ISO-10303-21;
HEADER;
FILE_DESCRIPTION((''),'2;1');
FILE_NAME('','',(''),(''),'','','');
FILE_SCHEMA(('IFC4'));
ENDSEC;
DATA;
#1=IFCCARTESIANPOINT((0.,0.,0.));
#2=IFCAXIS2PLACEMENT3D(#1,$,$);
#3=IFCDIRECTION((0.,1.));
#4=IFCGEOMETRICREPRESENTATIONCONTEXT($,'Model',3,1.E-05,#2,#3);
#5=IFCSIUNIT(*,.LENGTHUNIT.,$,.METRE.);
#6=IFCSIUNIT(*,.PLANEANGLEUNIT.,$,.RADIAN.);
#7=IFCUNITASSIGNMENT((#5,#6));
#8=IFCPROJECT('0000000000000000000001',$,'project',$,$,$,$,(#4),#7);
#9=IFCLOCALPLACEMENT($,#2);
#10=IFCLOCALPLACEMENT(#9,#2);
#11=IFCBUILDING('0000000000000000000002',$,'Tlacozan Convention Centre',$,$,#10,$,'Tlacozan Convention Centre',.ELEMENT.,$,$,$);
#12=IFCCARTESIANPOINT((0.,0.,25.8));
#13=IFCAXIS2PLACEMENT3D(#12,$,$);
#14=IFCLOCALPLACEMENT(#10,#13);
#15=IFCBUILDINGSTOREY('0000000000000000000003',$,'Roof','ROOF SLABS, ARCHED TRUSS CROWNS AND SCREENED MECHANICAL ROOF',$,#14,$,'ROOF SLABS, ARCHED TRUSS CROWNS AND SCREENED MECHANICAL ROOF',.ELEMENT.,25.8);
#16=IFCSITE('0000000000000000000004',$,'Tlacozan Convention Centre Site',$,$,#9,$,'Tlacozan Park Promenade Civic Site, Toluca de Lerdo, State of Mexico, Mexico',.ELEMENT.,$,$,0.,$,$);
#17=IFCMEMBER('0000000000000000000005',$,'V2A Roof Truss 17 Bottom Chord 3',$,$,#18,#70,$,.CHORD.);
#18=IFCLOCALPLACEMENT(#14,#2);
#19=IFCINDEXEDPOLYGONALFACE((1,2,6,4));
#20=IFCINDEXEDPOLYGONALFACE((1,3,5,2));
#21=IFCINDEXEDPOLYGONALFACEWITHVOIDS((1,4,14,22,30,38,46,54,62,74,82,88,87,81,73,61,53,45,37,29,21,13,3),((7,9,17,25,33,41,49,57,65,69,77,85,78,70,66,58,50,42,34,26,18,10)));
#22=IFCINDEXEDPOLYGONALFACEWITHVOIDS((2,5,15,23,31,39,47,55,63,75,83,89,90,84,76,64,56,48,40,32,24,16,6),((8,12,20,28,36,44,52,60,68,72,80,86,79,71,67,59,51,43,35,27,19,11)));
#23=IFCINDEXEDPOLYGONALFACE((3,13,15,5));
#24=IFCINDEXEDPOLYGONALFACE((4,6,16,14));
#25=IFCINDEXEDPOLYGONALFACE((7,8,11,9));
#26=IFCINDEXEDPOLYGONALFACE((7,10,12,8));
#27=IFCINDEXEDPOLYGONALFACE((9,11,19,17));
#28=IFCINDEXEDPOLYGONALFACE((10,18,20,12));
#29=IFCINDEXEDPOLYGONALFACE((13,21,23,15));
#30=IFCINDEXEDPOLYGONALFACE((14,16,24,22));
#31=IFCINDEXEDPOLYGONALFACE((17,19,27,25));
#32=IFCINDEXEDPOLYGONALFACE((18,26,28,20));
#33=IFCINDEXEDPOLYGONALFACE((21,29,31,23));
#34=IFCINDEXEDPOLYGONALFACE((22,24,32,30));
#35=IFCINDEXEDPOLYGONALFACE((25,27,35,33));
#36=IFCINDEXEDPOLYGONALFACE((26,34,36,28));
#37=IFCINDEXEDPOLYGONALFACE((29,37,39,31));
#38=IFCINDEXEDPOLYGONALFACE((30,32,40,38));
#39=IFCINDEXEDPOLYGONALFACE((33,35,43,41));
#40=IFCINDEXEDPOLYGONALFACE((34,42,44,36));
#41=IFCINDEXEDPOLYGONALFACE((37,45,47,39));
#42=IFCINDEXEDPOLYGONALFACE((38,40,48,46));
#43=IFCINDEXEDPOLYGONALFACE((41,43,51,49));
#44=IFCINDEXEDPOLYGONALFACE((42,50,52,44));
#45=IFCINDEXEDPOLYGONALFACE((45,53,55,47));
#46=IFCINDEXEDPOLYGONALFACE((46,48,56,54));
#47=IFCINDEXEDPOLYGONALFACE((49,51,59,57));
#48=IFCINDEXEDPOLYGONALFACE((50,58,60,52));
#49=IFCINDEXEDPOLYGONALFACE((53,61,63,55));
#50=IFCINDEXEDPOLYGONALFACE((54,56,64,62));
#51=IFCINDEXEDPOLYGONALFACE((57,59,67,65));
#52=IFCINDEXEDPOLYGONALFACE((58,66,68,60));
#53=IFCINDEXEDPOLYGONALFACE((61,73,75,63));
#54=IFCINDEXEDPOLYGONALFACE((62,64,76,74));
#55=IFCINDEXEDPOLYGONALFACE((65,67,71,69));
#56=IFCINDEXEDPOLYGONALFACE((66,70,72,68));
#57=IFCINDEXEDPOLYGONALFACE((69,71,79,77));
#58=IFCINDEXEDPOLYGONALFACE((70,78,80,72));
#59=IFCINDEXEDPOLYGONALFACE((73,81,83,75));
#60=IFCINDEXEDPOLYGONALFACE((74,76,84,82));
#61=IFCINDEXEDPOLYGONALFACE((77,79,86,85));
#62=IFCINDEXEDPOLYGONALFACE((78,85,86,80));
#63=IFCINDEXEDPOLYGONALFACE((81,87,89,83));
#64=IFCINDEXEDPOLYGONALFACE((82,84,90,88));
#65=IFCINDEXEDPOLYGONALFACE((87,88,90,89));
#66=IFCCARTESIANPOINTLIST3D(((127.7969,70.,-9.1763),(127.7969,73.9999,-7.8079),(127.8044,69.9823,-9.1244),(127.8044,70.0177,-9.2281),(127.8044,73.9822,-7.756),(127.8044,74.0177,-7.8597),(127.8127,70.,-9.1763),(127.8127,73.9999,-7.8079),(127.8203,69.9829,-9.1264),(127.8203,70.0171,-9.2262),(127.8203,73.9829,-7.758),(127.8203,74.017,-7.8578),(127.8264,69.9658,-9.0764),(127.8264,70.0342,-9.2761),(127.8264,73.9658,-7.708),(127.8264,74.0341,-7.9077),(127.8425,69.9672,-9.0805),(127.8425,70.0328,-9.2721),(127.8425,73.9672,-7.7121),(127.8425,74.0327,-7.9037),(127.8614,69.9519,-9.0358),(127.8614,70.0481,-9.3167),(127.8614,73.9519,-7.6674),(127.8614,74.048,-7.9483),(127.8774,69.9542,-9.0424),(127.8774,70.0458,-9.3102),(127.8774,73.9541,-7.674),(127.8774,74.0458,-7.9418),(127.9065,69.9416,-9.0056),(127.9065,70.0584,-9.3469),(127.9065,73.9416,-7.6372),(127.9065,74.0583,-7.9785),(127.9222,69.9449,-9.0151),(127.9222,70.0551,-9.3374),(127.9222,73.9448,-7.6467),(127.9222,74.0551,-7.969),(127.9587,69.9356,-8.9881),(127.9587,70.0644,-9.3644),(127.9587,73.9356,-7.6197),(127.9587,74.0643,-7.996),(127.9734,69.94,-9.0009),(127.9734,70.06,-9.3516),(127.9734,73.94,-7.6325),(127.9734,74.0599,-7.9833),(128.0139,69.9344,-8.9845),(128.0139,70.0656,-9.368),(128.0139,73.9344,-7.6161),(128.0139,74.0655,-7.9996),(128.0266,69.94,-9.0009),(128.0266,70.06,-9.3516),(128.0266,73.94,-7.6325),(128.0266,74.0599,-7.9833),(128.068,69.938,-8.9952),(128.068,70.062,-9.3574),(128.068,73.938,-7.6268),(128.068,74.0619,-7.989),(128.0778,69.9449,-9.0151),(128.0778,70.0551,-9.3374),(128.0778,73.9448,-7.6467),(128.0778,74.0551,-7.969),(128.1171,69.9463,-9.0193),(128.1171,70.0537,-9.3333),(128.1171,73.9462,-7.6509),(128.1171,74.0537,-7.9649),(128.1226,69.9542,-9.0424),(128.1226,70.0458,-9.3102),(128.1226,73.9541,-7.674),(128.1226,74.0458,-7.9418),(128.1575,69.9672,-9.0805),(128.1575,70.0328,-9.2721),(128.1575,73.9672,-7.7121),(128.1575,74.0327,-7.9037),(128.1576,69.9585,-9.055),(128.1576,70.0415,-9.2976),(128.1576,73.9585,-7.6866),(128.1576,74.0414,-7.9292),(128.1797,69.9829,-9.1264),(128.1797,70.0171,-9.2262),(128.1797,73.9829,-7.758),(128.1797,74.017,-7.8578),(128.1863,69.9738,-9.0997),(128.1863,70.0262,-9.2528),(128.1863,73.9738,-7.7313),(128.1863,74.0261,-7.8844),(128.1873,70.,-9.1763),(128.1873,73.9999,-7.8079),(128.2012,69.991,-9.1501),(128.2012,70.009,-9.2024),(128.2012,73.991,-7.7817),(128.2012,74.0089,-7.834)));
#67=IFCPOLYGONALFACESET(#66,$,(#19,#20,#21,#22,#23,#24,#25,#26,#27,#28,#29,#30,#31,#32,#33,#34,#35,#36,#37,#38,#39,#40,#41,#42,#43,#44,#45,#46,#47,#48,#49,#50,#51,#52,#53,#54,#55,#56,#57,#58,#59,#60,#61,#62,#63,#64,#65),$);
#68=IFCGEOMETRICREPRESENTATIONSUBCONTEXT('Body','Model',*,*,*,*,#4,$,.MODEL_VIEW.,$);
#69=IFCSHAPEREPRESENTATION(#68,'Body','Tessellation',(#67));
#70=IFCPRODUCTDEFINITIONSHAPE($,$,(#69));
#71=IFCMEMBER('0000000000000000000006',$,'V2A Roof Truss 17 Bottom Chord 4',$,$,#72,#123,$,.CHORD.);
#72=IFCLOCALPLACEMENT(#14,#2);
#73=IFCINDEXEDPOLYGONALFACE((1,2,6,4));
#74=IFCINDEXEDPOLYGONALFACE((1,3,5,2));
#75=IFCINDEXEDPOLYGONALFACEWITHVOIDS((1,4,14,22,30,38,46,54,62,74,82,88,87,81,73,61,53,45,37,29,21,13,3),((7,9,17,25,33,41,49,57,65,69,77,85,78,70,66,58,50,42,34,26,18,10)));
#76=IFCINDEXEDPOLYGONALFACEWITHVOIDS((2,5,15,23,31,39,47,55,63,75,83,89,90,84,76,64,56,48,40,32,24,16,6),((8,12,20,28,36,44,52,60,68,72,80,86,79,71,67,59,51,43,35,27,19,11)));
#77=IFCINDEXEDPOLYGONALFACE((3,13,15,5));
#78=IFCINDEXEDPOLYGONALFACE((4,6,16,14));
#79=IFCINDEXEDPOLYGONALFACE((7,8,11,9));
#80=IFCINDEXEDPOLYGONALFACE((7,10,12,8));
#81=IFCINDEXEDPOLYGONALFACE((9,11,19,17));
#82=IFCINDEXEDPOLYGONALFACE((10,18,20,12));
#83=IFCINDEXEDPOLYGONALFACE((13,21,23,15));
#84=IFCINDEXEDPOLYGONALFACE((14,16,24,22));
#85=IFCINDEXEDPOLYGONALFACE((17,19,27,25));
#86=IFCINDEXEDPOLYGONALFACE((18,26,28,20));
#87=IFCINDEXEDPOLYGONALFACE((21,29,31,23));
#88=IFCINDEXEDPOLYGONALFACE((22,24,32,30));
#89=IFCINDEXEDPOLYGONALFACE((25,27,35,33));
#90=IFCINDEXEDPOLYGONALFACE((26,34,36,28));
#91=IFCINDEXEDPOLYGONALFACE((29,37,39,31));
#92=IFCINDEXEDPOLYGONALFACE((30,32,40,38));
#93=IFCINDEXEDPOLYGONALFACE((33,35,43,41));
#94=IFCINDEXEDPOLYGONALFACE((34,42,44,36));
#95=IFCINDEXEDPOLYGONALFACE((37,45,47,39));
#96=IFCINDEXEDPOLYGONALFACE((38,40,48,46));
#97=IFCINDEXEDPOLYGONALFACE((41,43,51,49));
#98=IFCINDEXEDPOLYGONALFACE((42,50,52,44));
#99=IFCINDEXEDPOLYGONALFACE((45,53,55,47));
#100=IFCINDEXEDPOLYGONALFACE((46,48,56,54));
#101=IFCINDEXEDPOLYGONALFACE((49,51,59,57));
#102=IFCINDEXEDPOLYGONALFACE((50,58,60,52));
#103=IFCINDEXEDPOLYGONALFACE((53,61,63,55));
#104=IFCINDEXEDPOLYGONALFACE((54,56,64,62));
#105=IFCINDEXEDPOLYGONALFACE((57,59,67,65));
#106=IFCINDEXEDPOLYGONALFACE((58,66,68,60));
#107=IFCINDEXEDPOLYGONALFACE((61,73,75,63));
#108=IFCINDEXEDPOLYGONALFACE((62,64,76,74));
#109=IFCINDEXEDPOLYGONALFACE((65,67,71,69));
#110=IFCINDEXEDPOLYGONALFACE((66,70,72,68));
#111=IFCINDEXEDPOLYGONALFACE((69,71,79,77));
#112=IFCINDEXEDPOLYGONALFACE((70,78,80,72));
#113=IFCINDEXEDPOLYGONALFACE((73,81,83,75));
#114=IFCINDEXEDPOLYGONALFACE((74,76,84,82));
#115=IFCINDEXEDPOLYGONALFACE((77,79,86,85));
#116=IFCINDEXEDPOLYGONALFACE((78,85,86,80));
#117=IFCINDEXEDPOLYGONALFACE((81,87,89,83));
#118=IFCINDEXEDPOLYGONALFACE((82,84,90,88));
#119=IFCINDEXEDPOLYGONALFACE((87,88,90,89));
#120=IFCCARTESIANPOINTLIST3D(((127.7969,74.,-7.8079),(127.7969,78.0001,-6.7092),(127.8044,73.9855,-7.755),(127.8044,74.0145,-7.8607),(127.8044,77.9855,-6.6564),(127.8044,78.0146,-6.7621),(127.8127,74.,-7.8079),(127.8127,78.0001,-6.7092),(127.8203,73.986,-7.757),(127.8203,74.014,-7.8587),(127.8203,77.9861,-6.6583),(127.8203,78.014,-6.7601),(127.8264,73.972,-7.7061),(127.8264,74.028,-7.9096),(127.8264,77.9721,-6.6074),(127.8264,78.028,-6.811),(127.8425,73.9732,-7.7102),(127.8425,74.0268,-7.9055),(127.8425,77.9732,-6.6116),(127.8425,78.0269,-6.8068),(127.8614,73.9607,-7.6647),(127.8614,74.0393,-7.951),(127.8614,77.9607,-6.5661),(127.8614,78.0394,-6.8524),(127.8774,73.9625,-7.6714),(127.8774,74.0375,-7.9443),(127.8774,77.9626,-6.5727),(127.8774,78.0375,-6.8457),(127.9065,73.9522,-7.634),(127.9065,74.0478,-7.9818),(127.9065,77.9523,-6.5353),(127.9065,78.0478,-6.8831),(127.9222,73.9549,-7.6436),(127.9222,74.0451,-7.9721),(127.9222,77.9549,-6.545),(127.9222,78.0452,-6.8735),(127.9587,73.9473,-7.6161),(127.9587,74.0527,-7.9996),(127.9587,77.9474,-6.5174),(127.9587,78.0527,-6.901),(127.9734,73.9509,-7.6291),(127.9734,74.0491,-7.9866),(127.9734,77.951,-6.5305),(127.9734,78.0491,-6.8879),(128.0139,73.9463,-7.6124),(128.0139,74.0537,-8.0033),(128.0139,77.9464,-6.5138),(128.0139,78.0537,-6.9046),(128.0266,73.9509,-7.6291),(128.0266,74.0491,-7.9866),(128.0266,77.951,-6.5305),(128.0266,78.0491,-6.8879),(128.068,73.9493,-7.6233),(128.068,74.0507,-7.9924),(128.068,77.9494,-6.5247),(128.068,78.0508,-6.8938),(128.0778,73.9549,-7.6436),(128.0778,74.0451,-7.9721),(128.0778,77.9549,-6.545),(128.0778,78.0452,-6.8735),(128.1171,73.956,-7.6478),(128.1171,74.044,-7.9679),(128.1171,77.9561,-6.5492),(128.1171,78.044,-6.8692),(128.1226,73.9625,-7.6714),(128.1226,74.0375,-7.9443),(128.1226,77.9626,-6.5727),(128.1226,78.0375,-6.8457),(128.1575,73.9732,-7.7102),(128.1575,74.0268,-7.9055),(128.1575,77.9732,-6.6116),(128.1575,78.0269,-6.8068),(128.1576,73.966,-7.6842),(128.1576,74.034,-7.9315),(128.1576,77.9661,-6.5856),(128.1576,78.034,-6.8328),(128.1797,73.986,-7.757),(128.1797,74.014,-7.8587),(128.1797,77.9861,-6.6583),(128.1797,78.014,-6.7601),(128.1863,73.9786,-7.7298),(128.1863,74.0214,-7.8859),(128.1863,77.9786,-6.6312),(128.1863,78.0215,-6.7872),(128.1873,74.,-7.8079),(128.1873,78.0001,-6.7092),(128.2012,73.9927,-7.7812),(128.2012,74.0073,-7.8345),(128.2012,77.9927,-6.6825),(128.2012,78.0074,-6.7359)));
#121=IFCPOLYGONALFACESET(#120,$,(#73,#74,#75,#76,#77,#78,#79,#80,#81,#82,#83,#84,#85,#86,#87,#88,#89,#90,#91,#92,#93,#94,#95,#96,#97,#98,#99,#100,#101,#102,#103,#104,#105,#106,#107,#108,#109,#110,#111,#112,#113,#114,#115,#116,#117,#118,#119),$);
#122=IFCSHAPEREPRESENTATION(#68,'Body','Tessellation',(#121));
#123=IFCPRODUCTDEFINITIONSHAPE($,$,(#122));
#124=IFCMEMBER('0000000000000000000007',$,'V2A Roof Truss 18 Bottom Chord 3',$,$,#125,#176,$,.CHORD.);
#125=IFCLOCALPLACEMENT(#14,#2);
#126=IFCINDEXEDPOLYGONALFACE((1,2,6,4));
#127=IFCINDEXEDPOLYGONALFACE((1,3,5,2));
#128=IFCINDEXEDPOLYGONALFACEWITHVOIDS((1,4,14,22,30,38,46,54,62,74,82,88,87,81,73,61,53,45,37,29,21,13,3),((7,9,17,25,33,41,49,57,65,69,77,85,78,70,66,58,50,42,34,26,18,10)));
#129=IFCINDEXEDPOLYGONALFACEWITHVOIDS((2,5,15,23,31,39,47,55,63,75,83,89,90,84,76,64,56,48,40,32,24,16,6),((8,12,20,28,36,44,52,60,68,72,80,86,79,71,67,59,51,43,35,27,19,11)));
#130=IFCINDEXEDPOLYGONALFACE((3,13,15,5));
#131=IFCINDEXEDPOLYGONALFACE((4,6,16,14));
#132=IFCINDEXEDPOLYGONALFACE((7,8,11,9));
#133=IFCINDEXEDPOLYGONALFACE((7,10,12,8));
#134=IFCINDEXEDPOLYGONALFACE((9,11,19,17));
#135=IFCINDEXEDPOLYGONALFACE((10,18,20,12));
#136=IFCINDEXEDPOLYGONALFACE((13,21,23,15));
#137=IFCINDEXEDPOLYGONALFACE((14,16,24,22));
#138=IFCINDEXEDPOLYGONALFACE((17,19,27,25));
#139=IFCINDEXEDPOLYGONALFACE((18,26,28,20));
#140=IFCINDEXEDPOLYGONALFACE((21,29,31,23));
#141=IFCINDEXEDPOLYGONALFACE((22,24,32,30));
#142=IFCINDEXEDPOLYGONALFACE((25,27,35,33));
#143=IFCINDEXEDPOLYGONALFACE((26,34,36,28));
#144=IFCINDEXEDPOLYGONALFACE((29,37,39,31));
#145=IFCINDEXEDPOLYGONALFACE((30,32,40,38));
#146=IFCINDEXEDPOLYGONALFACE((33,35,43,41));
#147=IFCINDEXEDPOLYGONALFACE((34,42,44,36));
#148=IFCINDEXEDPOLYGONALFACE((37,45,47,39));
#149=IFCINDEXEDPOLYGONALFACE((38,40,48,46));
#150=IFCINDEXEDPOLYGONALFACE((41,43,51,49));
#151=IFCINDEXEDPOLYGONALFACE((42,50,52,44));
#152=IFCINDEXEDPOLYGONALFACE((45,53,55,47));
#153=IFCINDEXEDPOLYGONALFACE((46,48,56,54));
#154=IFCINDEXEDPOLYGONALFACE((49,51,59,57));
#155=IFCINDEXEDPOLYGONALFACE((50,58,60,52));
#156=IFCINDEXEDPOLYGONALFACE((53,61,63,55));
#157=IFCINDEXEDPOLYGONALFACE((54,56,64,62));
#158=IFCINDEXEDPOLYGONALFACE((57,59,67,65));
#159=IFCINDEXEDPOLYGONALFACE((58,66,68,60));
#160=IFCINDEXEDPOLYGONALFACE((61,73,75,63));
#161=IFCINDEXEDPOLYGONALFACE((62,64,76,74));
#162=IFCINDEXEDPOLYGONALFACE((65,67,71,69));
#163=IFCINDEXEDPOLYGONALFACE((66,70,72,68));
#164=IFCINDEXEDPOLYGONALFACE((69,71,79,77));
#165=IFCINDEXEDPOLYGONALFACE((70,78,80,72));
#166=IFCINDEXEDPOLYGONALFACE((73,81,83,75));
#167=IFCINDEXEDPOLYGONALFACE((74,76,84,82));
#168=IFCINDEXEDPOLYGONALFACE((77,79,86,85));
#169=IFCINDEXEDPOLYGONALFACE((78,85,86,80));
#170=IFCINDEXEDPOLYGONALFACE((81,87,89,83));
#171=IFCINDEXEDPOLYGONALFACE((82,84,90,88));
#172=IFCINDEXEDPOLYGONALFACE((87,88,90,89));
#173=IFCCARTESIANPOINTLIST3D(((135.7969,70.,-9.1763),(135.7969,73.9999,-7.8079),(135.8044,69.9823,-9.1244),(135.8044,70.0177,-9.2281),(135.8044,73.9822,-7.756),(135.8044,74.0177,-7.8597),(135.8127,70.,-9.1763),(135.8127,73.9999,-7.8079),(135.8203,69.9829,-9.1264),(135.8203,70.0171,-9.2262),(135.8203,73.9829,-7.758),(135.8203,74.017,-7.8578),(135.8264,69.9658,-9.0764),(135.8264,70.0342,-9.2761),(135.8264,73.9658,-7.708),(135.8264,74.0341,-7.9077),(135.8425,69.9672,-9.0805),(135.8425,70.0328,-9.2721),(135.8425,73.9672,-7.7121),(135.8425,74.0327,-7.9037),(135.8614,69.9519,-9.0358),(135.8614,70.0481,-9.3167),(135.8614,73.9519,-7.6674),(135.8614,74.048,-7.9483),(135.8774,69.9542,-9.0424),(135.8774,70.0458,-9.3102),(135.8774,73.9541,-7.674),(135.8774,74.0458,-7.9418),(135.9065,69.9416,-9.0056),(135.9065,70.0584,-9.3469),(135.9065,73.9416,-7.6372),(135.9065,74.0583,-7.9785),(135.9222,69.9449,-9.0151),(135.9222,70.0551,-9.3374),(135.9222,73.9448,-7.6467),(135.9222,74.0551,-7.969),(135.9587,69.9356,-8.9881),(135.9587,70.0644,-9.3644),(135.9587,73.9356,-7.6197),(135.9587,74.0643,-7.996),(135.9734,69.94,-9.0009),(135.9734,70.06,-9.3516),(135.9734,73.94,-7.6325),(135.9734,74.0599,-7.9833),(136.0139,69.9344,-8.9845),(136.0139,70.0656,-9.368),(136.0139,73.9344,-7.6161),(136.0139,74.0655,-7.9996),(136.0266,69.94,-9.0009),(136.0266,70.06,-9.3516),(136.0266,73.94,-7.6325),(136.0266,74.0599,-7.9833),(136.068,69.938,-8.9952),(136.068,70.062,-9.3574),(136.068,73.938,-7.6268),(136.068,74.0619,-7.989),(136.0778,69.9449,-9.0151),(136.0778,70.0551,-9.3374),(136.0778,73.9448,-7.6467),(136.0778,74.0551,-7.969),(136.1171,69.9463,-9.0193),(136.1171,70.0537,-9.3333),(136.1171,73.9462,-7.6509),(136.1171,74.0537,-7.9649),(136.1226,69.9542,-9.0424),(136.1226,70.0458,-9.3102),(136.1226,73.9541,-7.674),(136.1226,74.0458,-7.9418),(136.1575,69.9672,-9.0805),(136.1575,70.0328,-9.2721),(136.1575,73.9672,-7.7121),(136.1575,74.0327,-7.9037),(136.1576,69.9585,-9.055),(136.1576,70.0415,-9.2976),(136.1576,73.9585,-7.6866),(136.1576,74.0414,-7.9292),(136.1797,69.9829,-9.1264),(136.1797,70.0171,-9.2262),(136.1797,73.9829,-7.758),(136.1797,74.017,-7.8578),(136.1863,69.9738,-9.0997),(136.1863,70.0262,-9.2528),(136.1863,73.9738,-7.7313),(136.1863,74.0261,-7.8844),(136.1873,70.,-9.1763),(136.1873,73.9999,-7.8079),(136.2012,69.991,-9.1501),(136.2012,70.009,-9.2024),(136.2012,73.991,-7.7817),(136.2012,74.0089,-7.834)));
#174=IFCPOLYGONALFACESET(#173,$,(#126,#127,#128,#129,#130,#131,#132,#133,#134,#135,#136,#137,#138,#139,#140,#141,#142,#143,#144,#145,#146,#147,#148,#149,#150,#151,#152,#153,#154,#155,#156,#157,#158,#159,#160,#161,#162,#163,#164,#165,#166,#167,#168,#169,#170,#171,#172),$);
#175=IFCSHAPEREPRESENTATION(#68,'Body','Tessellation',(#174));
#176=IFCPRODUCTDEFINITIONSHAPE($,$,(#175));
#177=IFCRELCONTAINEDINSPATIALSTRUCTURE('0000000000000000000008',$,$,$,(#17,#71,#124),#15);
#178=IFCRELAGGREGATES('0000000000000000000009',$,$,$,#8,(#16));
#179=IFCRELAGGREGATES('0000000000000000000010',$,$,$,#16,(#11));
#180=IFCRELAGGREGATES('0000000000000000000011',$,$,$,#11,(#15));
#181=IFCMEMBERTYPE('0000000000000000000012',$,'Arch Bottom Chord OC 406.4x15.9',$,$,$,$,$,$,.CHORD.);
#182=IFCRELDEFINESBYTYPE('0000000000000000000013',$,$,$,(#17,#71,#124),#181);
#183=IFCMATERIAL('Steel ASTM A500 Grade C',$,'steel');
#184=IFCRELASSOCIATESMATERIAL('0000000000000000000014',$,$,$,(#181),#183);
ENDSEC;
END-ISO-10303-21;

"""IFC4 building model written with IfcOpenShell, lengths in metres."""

from ifc_helpers import new_model, si_unit, direction, frame, origin, origin_2d, place, context, subcontext, project, spatial, hollow_circle, extrude, material, material_profile, profile_set, type_object, element, save


model = new_model("IFC4")

# Units and contexts
model_context = context("Model", 3, precision=1e-05, world=origin(), true_north=direction((0.0, 1.0)))
body_context = subcontext(model_context, "Body", "Model", "MODEL_VIEW")
ifc_project = project(units=[si_unit("LENGTHUNIT", "METRE"), si_unit("PLANEANGLEUNIT", "RADIAN")], contexts=[model_context])

# Site, building, storey
site_placement = place(None, origin())
site = spatial("IfcSite", under=ifc_project, at=site_placement, Name="Tlacozan Convention Centre Site", LongName="Tlacozan Park Promenade Civic Site, Toluca de Lerdo, State of Mexico, Mexico", CompositionType="ELEMENT", RefElevation=0.0)
building_placement = place(site_placement, origin())
building = spatial("IfcBuilding", under=site, at=building_placement, Name="Tlacozan Convention Centre", LongName="Tlacozan Convention Centre", CompositionType="ELEMENT")
storey_placement = place(building_placement, frame((0.0, 0.0, 25.8)))
storey = spatial("IfcBuildingStorey", under=building, at=storey_placement, Name="Roof", Description="ROOF SLABS, ARCHED TRUSS CROWNS AND SCREENED MECHANICAL ROOF", LongName="ROOF SLABS, ARCHED TRUSS CROWNS AND SCREENED MECHANICAL ROOF", CompositionType="ELEMENT", Elevation=25.8)

# Members
ifc_material_1 = material(Name="Steel ASTM A500 Grade C", Category="steel")
ifc_material_profile_1 = material_profile(ifc_material_1, hollow_circle(Radius=0.2031, WallThickness=0.0159, at=origin_2d()), Name="OC 406.4x15.9")
ifc_profile_set_1 = profile_set([ifc_material_profile_1], Name="Steel ASTM A500 Grade C")
member_type_1 = type_object("IfcMemberType", Name="Arch Bottom Chord OC 406.4x15.9", PredefinedType="CHORD", material=ifc_profile_set_1)
member_1_placement = place(storey_placement, frame((128.0, 70.0, -9.1763), z_axis=(0.0, 0.946165, 0.323685), x_axis=(-1.0, 0.0, 0.0)))
element("IfcMember", 1, at=member_1_placement, inside=storey, type_object=member_type_1, Name="V2A Roof Truss 17 Bottom Chord 3", PredefinedType="CHORD", context=body_context, shape_type="SweptSolid", body=[
    extrude(hollow_circle(Radius=0.2031, WallThickness=0.0159, at=origin_2d()), origin(), (0.0, 0.0, 1.0), 4.2275),
])
member_2_placement = place(storey_placement, frame((128.0, 74.0, -7.8079), z_axis=(0.0, 0.96429, 0.26485), x_axis=(-1.0, 0.0, 0.0)))
element("IfcMember", 2, at=member_2_placement, inside=storey, type_object=member_type_1, Name="V2A Roof Truss 17 Bottom Chord 4", PredefinedType="CHORD", context=body_context, shape_type="SweptSolid", body=[
    extrude(hollow_circle(Radius=0.2031, WallThickness=0.0159, at=origin_2d()), origin(), (0.0, 0.0, 1.0), 4.1482),
])
member_3_placement = place(storey_placement, frame((136.0, 70.0, -9.1763), z_axis=(0.0, 0.946165, 0.323685), x_axis=(-1.0, 0.0, 0.0)))
element("IfcMember", 3, at=member_3_placement, inside=storey, type_object=member_type_1, Name="V2A Roof Truss 18 Bottom Chord 3", PredefinedType="CHORD", context=body_context, shape_type="SweptSolid", body=[
    extrude(hollow_circle(Radius=0.2031, WallThickness=0.0159, at=origin_2d()), origin(), (0.0, 0.0, 1.0), 4.2275),
])

save(model, "model.ifc")
